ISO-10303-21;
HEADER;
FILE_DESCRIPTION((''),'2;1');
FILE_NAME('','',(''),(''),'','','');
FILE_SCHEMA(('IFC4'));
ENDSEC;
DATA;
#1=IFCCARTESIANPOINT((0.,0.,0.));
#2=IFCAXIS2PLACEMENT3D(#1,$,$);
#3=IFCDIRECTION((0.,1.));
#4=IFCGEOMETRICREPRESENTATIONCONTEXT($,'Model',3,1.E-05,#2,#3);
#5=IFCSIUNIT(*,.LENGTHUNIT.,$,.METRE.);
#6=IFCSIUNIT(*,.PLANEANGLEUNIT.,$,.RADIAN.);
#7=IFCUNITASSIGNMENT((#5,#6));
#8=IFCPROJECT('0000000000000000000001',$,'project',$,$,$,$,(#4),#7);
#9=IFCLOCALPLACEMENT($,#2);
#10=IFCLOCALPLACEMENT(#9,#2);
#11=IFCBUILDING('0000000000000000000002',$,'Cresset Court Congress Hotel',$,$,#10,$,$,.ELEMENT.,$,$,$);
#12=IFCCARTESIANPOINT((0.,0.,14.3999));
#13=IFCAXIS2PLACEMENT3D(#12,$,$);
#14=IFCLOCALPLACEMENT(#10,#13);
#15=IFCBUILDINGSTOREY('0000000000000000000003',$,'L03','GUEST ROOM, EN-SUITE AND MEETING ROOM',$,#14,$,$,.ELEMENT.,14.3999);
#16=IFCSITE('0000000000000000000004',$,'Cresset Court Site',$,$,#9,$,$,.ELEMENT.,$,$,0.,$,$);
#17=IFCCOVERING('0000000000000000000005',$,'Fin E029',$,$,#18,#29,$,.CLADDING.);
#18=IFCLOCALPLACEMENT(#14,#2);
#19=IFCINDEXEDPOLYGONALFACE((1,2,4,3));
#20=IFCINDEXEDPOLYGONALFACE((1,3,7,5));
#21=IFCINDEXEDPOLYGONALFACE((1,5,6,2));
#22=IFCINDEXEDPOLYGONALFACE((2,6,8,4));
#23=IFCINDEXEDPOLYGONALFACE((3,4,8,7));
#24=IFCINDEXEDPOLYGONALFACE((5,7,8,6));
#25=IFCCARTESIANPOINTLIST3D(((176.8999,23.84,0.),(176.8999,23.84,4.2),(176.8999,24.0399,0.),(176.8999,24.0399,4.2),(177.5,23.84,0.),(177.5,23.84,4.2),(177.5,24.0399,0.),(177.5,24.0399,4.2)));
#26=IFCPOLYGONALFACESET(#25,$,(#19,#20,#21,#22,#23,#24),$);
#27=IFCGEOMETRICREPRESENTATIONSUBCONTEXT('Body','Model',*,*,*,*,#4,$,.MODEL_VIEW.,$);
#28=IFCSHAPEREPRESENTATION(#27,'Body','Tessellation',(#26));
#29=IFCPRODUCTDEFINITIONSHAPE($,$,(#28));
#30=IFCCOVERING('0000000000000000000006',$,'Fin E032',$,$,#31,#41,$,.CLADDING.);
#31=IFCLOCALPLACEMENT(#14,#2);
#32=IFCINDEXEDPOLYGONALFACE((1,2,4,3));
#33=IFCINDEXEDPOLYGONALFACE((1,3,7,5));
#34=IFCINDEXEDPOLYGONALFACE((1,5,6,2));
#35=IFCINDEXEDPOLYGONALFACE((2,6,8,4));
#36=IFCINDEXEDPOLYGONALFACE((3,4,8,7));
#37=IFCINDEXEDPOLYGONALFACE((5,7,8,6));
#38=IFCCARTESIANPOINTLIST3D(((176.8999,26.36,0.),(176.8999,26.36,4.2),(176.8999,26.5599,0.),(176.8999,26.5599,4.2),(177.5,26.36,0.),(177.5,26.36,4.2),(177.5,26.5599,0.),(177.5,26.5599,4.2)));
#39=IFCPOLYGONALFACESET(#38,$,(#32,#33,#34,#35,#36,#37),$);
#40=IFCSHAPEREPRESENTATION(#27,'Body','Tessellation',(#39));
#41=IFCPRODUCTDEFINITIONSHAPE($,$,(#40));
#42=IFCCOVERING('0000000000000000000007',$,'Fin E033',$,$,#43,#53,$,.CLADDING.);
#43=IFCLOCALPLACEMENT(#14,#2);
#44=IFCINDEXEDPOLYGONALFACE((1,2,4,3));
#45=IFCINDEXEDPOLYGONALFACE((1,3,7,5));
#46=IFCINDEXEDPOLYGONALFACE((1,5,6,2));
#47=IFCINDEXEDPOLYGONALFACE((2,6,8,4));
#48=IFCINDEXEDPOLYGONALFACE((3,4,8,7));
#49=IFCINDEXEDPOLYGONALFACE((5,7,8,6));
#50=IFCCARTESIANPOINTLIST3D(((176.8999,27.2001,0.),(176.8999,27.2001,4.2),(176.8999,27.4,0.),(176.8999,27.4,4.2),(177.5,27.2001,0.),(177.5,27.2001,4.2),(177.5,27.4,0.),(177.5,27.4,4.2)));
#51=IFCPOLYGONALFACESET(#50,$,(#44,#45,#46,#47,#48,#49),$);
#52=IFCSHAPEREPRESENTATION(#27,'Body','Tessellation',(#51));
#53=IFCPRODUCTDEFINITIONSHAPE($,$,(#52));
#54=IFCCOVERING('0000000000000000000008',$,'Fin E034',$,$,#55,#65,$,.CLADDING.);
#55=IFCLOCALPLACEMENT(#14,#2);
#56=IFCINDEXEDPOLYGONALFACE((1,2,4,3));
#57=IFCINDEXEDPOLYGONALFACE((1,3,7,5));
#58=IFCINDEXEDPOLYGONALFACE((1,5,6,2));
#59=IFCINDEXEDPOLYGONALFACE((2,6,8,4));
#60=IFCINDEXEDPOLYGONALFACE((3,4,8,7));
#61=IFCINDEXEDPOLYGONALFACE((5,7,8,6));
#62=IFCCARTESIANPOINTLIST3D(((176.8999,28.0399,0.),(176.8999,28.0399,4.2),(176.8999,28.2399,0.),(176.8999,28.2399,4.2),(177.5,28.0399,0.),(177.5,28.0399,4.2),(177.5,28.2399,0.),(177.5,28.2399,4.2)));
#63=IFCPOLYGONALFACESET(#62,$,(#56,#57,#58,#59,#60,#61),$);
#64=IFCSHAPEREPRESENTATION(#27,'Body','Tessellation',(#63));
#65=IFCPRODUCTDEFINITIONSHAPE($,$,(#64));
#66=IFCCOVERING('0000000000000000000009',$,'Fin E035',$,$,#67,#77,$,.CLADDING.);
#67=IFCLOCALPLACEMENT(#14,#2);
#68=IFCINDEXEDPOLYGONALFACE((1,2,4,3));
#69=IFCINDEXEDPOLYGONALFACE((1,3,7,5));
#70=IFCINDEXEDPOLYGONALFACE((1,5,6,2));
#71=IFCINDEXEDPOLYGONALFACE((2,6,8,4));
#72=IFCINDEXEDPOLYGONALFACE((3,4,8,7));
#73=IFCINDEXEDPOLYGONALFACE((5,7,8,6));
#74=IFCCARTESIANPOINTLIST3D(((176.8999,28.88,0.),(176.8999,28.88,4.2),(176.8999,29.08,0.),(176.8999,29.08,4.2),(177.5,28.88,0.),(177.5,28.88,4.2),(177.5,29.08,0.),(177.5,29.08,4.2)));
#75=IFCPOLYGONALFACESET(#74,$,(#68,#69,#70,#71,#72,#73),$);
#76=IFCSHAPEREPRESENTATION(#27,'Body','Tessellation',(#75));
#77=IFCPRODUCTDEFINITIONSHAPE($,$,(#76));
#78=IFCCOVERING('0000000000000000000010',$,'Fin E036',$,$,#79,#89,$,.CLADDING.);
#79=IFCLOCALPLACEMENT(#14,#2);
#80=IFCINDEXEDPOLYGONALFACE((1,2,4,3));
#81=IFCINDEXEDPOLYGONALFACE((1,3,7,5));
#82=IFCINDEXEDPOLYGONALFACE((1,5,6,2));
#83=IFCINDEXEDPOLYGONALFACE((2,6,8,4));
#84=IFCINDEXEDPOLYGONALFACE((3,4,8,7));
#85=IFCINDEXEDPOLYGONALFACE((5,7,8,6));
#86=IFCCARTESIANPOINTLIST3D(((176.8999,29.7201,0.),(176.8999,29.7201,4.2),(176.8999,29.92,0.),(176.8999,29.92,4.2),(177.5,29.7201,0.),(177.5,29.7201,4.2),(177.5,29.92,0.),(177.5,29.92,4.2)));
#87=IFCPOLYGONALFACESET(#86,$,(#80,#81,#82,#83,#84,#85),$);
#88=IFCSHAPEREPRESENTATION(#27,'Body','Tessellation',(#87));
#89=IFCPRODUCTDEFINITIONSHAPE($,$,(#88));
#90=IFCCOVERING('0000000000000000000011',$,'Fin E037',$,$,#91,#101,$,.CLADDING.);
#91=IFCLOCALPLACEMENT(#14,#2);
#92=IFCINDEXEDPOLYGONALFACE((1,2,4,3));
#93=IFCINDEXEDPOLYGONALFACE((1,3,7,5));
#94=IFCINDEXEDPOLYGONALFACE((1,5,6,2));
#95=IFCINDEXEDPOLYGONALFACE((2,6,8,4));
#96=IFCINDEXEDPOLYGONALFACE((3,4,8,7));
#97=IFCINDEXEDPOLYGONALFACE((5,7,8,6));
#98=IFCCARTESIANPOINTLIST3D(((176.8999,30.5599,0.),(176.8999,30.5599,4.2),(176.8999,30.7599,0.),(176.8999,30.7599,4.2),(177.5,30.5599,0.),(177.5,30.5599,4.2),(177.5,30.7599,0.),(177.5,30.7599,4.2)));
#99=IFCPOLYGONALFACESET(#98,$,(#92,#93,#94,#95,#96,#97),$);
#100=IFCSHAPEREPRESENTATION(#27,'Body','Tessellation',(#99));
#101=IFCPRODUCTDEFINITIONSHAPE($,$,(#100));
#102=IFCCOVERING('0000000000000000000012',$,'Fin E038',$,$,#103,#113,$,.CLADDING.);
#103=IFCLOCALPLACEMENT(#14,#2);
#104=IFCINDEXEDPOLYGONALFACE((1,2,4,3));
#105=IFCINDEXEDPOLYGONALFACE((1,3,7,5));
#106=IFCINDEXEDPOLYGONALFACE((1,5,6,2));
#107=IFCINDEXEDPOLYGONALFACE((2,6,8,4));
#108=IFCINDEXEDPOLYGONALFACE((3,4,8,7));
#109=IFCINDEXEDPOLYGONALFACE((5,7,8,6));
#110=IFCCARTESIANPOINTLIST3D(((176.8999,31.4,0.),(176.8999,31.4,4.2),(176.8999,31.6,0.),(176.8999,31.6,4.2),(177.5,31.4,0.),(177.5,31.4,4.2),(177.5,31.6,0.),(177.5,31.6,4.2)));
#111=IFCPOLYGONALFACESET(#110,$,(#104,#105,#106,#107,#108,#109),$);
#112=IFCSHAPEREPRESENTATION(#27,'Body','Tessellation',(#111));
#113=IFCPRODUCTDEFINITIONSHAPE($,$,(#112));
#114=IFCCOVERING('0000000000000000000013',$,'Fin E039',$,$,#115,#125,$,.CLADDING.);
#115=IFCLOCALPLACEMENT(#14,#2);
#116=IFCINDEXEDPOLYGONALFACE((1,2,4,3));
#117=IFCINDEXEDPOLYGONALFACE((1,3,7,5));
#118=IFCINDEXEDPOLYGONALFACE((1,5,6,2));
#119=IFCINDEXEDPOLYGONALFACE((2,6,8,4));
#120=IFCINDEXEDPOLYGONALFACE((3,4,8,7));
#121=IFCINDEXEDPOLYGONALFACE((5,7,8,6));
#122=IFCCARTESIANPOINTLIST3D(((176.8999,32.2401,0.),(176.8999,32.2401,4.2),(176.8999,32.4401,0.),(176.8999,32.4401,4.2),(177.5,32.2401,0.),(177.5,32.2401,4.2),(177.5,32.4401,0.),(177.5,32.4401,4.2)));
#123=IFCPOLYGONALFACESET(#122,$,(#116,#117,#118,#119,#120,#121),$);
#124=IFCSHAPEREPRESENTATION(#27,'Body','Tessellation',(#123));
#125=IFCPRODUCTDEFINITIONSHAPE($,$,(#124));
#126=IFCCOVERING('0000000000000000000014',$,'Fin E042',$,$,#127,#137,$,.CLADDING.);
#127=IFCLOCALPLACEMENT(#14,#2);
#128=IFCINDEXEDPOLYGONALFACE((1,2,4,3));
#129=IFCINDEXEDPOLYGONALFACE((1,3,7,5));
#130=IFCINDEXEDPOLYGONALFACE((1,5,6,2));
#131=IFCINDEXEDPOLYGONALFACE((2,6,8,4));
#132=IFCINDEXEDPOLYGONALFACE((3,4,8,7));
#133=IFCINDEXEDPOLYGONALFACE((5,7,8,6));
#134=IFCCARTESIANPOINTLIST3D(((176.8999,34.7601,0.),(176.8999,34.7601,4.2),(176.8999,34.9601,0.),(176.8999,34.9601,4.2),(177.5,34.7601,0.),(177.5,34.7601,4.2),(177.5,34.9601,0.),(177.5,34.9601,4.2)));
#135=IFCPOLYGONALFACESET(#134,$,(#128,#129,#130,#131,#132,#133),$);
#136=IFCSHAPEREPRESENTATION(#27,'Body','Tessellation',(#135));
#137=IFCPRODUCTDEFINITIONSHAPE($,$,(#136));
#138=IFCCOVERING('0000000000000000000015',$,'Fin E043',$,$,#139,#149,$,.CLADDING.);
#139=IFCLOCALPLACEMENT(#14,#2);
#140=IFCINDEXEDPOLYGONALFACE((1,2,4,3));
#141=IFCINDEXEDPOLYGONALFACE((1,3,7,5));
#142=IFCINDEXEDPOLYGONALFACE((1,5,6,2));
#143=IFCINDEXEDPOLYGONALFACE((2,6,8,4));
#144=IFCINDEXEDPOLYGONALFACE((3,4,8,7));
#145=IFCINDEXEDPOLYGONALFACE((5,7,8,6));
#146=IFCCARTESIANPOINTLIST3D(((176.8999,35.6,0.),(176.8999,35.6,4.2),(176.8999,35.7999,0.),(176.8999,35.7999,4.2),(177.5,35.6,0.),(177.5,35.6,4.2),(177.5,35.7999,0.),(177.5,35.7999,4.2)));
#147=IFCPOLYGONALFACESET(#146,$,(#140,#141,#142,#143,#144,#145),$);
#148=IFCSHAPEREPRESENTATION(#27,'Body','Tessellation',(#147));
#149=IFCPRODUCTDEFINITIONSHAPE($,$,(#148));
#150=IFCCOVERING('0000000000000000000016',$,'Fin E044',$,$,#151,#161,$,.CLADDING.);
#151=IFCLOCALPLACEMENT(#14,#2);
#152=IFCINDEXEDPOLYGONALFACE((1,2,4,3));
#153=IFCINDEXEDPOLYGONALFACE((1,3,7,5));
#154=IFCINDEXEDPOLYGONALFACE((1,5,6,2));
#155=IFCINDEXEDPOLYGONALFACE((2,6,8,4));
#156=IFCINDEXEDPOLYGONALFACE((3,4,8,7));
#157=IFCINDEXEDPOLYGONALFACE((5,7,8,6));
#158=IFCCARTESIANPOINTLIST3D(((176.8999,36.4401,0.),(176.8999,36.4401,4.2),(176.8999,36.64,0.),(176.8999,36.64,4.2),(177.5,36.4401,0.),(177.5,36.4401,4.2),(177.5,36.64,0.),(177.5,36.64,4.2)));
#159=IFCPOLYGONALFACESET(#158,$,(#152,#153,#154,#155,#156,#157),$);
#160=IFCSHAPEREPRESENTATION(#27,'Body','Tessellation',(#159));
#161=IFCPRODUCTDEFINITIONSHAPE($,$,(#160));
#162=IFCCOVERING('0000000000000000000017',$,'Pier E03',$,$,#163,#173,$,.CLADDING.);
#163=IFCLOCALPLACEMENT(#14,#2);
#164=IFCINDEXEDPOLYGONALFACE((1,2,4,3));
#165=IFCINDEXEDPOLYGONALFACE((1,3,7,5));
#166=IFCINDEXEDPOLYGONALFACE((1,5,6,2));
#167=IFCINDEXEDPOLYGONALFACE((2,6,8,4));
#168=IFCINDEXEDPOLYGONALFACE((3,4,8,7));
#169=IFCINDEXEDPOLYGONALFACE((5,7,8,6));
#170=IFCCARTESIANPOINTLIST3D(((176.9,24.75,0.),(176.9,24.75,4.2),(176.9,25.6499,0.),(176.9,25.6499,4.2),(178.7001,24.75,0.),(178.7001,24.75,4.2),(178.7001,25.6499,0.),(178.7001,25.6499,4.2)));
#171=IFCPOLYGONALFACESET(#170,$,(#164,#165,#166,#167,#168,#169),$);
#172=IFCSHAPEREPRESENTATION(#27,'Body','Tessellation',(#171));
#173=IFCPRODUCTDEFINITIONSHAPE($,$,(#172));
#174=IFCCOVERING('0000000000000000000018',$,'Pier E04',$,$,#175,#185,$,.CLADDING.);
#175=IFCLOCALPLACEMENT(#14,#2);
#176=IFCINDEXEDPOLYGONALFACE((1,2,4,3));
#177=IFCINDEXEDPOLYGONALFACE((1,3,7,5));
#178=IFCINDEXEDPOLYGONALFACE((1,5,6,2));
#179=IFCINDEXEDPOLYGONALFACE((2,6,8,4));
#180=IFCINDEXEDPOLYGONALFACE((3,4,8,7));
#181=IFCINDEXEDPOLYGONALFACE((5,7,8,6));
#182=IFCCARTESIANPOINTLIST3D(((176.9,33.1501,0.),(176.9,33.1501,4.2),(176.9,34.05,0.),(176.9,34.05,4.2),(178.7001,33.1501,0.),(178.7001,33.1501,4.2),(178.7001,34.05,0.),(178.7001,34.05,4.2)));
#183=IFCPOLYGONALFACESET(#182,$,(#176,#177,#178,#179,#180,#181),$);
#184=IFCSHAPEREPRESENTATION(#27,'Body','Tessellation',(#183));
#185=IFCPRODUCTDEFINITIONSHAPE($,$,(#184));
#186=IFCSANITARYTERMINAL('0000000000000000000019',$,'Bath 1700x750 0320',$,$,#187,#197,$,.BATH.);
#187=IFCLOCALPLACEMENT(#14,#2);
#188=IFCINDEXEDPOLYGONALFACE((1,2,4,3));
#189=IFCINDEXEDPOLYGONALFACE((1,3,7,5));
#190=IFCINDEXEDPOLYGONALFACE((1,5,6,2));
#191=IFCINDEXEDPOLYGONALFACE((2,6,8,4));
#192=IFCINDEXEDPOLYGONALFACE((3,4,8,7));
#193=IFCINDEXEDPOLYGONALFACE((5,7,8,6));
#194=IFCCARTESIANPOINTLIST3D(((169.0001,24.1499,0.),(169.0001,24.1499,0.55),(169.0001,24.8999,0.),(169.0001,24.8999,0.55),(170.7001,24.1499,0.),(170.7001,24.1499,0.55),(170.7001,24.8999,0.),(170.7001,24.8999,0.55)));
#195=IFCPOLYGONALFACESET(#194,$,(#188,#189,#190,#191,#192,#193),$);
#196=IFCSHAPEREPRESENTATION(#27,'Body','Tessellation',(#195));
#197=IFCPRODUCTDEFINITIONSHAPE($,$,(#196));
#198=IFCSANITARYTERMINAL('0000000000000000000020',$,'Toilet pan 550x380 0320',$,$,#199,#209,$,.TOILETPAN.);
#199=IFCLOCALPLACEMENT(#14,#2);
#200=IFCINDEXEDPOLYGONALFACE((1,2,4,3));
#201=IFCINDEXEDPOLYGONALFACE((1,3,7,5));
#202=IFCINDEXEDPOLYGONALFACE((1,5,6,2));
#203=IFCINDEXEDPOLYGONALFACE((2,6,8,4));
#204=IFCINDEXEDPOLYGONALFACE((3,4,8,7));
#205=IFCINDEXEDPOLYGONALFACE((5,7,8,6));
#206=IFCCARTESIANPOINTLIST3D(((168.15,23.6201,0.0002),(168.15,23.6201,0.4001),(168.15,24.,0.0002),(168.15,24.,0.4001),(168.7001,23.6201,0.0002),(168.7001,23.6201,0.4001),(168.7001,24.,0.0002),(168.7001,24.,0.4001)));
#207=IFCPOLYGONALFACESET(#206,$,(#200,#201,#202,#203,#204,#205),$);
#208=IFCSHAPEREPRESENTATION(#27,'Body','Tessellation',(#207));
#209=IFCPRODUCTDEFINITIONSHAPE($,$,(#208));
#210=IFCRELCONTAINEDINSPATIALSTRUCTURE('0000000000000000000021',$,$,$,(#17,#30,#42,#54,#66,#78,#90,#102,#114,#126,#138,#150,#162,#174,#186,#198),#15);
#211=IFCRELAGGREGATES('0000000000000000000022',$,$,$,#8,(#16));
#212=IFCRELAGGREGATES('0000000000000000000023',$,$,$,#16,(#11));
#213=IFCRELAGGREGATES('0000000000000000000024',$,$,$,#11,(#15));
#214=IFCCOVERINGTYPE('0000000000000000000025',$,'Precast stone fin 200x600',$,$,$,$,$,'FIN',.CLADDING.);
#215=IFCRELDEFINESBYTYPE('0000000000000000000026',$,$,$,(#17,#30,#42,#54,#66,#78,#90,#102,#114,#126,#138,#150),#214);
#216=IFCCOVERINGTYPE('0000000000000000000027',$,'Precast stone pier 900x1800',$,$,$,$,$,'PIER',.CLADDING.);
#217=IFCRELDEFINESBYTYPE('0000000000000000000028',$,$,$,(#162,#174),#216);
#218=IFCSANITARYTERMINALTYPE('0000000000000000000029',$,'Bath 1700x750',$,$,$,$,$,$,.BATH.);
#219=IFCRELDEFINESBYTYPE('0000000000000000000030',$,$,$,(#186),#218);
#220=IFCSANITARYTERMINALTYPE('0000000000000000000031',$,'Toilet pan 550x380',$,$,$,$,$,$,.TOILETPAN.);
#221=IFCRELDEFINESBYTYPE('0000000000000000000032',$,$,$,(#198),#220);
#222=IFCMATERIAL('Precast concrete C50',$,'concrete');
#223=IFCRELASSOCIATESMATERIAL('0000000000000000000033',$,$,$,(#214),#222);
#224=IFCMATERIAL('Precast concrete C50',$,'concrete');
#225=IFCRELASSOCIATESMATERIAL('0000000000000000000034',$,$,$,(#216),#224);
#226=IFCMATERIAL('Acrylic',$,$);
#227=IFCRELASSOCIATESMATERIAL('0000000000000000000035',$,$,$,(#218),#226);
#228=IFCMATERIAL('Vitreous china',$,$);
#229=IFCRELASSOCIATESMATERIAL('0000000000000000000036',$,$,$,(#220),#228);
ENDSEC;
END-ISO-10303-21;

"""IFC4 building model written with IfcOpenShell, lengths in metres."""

from ifc_helpers import new_model, si_unit, direction, frame, origin, origin_2d, place, context, subcontext, project, spatial, rectangle, extrude, material, type_object, element, save


model = new_model("IFC4")

# Units and contexts
model_context = context("Model", 3, precision=1e-05, world=origin(), true_north=direction((0.0, 1.0)))
body_context = subcontext(model_context, "Body", "Model", "MODEL_VIEW")
ifc_project = project(units=[si_unit("LENGTHUNIT", "METRE"), si_unit("PLANEANGLEUNIT", "RADIAN")], contexts=[model_context])

# Site, building, storey
site_placement = place(None, origin())
site = spatial("IfcSite", under=ifc_project, at=site_placement, Name="Cresset Court Site", CompositionType="ELEMENT", RefElevation=0.0)
building_placement = place(site_placement, origin())
building = spatial("IfcBuilding", under=site, at=building_placement, Name="Cresset Court Congress Hotel", CompositionType="ELEMENT")
storey_placement = place(building_placement, frame((0.0, 0.0, 14.3999)))
storey = spatial("IfcBuildingStorey", under=building, at=storey_placement, Name="L03", Description="GUEST ROOM, EN-SUITE AND MEETING ROOM", CompositionType="ELEMENT", Elevation=14.3999)

# Coverings
ifc_material_1 = material(Name="Precast concrete C50", Category="concrete")
covering_type_1 = type_object("IfcCoveringType", Name="Precast stone fin 200x600", ElementType="FIN", PredefinedType="CLADDING", material=ifc_material_1)
for number, where, z_axis, x_axis, name in (
    (1, (177.2, 23.9399, 0.0), (0.0, 0.0, 1.0), (1.0, 0.0, 0.0), "Fin E029"),
    (2, (177.2, 26.46, 0.0), (0.0, 0.0, 1.0), (1.0, 0.0, 0.0), "Fin E032"),
    (3, (177.2, 27.3, 0.0), (0.0, 0.0, 1.0), (1.0, 0.0, 0.0), "Fin E033"),
    (4, (177.2, 28.1399, 0.0), (0.0, 0.0, 1.0), (1.0, 0.0, 0.0), "Fin E034"),
    (5, (177.2, 28.98, 0.0), (0.0, 0.0, 1.0), (1.0, 0.0, 0.0), "Fin E035"),
    (6, (177.2, 29.8201, 0.0), (0.0, 0.0, 1.0), (1.0, 0.0, 0.0), "Fin E036"),
    (7, (177.2, 30.6599, 0.0), (0.0, 0.0, 1.0), (1.0, 0.0, 0.0), "Fin E037"),
    (8, (177.2, 31.5, 0.0), (0.0, 0.0, 1.0), (1.0, 0.0, 0.0), "Fin E038"),
    (9, (177.2, 32.3401, 0.0), (0.0, 0.0, 1.0), (1.0, 0.0, 0.0), "Fin E039"),
    (10, (177.2, 34.8601, 0.0), (0.0, 0.0, 1.0), (1.0, 0.0, 0.0), "Fin E042"),
    (11, (177.2, 35.7, 0.0), (0.0, 0.0, 1.0), (1.0, 0.0, 0.0), "Fin E043"),
    (12, (177.2, 36.54, 0.0), (0.0, 0.0, 1.0), (1.0, 0.0, 0.0), "Fin E044"),
):
    element("IfcCovering", number, at=place(storey_placement, frame(where, z_axis=z_axis, x_axis=x_axis)), inside=storey, type_object=covering_type_1, Name=name, PredefinedType="CLADDING", context=body_context, shape_type="SweptSolid", body=[
        extrude(rectangle(XDim=0.6001, YDim=0.2, at=origin_2d()), origin(), (0.0, 0.0, 1.0), 4.2),
    ])
ifc_material_2 = material(Name="Precast concrete C50", Category="concrete")
covering_type_2 = type_object("IfcCoveringType", Name="Precast stone pier 900x1800", ElementType="PIER", PredefinedType="CLADDING", material=ifc_material_2)
for number, where, z_axis, x_axis, name in (
    (13, (177.8, 25.2, 0.0), (0.0, 0.0, 1.0), (1.0, 0.0, 0.0), "Pier E03"),
    (14, (177.8, 33.6001, 0.0), (0.0, 0.0, 1.0), (1.0, 0.0, 0.0), "Pier E04"),
):
    element("IfcCovering", number, at=place(storey_placement, frame(where, z_axis=z_axis, x_axis=x_axis)), inside=storey, type_object=covering_type_2, Name=name, PredefinedType="CLADDING", context=body_context, shape_type="SweptSolid", body=[
        extrude(rectangle(XDim=1.8, YDim=0.8999, at=origin_2d()), origin(), (0.0, 0.0, 1.0), 4.2),
    ])

# Sanitary terminals
ifc_material_3 = material(Name="Acrylic")
sanitary_terminal_type_1 = type_object("IfcSanitaryTerminalType", Name="Bath 1700x750", PredefinedType="BATH", material=ifc_material_3)
sanitary_terminal_1_placement = place(storey_placement, frame((169.8501, 24.5249, 0.0), z_axis=(0.0, 0.0, 1.0), x_axis=(1.0, 0.0, 0.0)))
element("IfcSanitaryTerminal", 15, at=sanitary_terminal_1_placement, inside=storey, type_object=sanitary_terminal_type_1, Name="Bath 1700x750 0320", PredefinedType="BATH", context=body_context, shape_type="SweptSolid", body=[
    extrude(rectangle(XDim=1.7, YDim=0.75, at=origin_2d()), origin(), (0.0, 0.0, 1.0), 0.55),
])
ifc_material_4 = material(Name="Vitreous china")
sanitary_terminal_type_2 = type_object("IfcSanitaryTerminalType", Name="Toilet pan 550x380", PredefinedType="TOILETPAN", material=ifc_material_4)
sanitary_terminal_2_placement = place(storey_placement, frame((168.425, 23.8101, 0.0002), z_axis=(0.0, 0.0, 1.0), x_axis=(1.0, 0.0, 0.0)))
element("IfcSanitaryTerminal", 16, at=sanitary_terminal_2_placement, inside=storey, type_object=sanitary_terminal_type_2, Name="Toilet pan 550x380 0320", PredefinedType="TOILETPAN", context=body_context, shape_type="SweptSolid", body=[
    extrude(rectangle(XDim=0.55, YDim=0.3799, at=origin_2d()), origin(), (0.0, 0.0, 1.0), 0.3999),
])

save(model, "model.ifc")
